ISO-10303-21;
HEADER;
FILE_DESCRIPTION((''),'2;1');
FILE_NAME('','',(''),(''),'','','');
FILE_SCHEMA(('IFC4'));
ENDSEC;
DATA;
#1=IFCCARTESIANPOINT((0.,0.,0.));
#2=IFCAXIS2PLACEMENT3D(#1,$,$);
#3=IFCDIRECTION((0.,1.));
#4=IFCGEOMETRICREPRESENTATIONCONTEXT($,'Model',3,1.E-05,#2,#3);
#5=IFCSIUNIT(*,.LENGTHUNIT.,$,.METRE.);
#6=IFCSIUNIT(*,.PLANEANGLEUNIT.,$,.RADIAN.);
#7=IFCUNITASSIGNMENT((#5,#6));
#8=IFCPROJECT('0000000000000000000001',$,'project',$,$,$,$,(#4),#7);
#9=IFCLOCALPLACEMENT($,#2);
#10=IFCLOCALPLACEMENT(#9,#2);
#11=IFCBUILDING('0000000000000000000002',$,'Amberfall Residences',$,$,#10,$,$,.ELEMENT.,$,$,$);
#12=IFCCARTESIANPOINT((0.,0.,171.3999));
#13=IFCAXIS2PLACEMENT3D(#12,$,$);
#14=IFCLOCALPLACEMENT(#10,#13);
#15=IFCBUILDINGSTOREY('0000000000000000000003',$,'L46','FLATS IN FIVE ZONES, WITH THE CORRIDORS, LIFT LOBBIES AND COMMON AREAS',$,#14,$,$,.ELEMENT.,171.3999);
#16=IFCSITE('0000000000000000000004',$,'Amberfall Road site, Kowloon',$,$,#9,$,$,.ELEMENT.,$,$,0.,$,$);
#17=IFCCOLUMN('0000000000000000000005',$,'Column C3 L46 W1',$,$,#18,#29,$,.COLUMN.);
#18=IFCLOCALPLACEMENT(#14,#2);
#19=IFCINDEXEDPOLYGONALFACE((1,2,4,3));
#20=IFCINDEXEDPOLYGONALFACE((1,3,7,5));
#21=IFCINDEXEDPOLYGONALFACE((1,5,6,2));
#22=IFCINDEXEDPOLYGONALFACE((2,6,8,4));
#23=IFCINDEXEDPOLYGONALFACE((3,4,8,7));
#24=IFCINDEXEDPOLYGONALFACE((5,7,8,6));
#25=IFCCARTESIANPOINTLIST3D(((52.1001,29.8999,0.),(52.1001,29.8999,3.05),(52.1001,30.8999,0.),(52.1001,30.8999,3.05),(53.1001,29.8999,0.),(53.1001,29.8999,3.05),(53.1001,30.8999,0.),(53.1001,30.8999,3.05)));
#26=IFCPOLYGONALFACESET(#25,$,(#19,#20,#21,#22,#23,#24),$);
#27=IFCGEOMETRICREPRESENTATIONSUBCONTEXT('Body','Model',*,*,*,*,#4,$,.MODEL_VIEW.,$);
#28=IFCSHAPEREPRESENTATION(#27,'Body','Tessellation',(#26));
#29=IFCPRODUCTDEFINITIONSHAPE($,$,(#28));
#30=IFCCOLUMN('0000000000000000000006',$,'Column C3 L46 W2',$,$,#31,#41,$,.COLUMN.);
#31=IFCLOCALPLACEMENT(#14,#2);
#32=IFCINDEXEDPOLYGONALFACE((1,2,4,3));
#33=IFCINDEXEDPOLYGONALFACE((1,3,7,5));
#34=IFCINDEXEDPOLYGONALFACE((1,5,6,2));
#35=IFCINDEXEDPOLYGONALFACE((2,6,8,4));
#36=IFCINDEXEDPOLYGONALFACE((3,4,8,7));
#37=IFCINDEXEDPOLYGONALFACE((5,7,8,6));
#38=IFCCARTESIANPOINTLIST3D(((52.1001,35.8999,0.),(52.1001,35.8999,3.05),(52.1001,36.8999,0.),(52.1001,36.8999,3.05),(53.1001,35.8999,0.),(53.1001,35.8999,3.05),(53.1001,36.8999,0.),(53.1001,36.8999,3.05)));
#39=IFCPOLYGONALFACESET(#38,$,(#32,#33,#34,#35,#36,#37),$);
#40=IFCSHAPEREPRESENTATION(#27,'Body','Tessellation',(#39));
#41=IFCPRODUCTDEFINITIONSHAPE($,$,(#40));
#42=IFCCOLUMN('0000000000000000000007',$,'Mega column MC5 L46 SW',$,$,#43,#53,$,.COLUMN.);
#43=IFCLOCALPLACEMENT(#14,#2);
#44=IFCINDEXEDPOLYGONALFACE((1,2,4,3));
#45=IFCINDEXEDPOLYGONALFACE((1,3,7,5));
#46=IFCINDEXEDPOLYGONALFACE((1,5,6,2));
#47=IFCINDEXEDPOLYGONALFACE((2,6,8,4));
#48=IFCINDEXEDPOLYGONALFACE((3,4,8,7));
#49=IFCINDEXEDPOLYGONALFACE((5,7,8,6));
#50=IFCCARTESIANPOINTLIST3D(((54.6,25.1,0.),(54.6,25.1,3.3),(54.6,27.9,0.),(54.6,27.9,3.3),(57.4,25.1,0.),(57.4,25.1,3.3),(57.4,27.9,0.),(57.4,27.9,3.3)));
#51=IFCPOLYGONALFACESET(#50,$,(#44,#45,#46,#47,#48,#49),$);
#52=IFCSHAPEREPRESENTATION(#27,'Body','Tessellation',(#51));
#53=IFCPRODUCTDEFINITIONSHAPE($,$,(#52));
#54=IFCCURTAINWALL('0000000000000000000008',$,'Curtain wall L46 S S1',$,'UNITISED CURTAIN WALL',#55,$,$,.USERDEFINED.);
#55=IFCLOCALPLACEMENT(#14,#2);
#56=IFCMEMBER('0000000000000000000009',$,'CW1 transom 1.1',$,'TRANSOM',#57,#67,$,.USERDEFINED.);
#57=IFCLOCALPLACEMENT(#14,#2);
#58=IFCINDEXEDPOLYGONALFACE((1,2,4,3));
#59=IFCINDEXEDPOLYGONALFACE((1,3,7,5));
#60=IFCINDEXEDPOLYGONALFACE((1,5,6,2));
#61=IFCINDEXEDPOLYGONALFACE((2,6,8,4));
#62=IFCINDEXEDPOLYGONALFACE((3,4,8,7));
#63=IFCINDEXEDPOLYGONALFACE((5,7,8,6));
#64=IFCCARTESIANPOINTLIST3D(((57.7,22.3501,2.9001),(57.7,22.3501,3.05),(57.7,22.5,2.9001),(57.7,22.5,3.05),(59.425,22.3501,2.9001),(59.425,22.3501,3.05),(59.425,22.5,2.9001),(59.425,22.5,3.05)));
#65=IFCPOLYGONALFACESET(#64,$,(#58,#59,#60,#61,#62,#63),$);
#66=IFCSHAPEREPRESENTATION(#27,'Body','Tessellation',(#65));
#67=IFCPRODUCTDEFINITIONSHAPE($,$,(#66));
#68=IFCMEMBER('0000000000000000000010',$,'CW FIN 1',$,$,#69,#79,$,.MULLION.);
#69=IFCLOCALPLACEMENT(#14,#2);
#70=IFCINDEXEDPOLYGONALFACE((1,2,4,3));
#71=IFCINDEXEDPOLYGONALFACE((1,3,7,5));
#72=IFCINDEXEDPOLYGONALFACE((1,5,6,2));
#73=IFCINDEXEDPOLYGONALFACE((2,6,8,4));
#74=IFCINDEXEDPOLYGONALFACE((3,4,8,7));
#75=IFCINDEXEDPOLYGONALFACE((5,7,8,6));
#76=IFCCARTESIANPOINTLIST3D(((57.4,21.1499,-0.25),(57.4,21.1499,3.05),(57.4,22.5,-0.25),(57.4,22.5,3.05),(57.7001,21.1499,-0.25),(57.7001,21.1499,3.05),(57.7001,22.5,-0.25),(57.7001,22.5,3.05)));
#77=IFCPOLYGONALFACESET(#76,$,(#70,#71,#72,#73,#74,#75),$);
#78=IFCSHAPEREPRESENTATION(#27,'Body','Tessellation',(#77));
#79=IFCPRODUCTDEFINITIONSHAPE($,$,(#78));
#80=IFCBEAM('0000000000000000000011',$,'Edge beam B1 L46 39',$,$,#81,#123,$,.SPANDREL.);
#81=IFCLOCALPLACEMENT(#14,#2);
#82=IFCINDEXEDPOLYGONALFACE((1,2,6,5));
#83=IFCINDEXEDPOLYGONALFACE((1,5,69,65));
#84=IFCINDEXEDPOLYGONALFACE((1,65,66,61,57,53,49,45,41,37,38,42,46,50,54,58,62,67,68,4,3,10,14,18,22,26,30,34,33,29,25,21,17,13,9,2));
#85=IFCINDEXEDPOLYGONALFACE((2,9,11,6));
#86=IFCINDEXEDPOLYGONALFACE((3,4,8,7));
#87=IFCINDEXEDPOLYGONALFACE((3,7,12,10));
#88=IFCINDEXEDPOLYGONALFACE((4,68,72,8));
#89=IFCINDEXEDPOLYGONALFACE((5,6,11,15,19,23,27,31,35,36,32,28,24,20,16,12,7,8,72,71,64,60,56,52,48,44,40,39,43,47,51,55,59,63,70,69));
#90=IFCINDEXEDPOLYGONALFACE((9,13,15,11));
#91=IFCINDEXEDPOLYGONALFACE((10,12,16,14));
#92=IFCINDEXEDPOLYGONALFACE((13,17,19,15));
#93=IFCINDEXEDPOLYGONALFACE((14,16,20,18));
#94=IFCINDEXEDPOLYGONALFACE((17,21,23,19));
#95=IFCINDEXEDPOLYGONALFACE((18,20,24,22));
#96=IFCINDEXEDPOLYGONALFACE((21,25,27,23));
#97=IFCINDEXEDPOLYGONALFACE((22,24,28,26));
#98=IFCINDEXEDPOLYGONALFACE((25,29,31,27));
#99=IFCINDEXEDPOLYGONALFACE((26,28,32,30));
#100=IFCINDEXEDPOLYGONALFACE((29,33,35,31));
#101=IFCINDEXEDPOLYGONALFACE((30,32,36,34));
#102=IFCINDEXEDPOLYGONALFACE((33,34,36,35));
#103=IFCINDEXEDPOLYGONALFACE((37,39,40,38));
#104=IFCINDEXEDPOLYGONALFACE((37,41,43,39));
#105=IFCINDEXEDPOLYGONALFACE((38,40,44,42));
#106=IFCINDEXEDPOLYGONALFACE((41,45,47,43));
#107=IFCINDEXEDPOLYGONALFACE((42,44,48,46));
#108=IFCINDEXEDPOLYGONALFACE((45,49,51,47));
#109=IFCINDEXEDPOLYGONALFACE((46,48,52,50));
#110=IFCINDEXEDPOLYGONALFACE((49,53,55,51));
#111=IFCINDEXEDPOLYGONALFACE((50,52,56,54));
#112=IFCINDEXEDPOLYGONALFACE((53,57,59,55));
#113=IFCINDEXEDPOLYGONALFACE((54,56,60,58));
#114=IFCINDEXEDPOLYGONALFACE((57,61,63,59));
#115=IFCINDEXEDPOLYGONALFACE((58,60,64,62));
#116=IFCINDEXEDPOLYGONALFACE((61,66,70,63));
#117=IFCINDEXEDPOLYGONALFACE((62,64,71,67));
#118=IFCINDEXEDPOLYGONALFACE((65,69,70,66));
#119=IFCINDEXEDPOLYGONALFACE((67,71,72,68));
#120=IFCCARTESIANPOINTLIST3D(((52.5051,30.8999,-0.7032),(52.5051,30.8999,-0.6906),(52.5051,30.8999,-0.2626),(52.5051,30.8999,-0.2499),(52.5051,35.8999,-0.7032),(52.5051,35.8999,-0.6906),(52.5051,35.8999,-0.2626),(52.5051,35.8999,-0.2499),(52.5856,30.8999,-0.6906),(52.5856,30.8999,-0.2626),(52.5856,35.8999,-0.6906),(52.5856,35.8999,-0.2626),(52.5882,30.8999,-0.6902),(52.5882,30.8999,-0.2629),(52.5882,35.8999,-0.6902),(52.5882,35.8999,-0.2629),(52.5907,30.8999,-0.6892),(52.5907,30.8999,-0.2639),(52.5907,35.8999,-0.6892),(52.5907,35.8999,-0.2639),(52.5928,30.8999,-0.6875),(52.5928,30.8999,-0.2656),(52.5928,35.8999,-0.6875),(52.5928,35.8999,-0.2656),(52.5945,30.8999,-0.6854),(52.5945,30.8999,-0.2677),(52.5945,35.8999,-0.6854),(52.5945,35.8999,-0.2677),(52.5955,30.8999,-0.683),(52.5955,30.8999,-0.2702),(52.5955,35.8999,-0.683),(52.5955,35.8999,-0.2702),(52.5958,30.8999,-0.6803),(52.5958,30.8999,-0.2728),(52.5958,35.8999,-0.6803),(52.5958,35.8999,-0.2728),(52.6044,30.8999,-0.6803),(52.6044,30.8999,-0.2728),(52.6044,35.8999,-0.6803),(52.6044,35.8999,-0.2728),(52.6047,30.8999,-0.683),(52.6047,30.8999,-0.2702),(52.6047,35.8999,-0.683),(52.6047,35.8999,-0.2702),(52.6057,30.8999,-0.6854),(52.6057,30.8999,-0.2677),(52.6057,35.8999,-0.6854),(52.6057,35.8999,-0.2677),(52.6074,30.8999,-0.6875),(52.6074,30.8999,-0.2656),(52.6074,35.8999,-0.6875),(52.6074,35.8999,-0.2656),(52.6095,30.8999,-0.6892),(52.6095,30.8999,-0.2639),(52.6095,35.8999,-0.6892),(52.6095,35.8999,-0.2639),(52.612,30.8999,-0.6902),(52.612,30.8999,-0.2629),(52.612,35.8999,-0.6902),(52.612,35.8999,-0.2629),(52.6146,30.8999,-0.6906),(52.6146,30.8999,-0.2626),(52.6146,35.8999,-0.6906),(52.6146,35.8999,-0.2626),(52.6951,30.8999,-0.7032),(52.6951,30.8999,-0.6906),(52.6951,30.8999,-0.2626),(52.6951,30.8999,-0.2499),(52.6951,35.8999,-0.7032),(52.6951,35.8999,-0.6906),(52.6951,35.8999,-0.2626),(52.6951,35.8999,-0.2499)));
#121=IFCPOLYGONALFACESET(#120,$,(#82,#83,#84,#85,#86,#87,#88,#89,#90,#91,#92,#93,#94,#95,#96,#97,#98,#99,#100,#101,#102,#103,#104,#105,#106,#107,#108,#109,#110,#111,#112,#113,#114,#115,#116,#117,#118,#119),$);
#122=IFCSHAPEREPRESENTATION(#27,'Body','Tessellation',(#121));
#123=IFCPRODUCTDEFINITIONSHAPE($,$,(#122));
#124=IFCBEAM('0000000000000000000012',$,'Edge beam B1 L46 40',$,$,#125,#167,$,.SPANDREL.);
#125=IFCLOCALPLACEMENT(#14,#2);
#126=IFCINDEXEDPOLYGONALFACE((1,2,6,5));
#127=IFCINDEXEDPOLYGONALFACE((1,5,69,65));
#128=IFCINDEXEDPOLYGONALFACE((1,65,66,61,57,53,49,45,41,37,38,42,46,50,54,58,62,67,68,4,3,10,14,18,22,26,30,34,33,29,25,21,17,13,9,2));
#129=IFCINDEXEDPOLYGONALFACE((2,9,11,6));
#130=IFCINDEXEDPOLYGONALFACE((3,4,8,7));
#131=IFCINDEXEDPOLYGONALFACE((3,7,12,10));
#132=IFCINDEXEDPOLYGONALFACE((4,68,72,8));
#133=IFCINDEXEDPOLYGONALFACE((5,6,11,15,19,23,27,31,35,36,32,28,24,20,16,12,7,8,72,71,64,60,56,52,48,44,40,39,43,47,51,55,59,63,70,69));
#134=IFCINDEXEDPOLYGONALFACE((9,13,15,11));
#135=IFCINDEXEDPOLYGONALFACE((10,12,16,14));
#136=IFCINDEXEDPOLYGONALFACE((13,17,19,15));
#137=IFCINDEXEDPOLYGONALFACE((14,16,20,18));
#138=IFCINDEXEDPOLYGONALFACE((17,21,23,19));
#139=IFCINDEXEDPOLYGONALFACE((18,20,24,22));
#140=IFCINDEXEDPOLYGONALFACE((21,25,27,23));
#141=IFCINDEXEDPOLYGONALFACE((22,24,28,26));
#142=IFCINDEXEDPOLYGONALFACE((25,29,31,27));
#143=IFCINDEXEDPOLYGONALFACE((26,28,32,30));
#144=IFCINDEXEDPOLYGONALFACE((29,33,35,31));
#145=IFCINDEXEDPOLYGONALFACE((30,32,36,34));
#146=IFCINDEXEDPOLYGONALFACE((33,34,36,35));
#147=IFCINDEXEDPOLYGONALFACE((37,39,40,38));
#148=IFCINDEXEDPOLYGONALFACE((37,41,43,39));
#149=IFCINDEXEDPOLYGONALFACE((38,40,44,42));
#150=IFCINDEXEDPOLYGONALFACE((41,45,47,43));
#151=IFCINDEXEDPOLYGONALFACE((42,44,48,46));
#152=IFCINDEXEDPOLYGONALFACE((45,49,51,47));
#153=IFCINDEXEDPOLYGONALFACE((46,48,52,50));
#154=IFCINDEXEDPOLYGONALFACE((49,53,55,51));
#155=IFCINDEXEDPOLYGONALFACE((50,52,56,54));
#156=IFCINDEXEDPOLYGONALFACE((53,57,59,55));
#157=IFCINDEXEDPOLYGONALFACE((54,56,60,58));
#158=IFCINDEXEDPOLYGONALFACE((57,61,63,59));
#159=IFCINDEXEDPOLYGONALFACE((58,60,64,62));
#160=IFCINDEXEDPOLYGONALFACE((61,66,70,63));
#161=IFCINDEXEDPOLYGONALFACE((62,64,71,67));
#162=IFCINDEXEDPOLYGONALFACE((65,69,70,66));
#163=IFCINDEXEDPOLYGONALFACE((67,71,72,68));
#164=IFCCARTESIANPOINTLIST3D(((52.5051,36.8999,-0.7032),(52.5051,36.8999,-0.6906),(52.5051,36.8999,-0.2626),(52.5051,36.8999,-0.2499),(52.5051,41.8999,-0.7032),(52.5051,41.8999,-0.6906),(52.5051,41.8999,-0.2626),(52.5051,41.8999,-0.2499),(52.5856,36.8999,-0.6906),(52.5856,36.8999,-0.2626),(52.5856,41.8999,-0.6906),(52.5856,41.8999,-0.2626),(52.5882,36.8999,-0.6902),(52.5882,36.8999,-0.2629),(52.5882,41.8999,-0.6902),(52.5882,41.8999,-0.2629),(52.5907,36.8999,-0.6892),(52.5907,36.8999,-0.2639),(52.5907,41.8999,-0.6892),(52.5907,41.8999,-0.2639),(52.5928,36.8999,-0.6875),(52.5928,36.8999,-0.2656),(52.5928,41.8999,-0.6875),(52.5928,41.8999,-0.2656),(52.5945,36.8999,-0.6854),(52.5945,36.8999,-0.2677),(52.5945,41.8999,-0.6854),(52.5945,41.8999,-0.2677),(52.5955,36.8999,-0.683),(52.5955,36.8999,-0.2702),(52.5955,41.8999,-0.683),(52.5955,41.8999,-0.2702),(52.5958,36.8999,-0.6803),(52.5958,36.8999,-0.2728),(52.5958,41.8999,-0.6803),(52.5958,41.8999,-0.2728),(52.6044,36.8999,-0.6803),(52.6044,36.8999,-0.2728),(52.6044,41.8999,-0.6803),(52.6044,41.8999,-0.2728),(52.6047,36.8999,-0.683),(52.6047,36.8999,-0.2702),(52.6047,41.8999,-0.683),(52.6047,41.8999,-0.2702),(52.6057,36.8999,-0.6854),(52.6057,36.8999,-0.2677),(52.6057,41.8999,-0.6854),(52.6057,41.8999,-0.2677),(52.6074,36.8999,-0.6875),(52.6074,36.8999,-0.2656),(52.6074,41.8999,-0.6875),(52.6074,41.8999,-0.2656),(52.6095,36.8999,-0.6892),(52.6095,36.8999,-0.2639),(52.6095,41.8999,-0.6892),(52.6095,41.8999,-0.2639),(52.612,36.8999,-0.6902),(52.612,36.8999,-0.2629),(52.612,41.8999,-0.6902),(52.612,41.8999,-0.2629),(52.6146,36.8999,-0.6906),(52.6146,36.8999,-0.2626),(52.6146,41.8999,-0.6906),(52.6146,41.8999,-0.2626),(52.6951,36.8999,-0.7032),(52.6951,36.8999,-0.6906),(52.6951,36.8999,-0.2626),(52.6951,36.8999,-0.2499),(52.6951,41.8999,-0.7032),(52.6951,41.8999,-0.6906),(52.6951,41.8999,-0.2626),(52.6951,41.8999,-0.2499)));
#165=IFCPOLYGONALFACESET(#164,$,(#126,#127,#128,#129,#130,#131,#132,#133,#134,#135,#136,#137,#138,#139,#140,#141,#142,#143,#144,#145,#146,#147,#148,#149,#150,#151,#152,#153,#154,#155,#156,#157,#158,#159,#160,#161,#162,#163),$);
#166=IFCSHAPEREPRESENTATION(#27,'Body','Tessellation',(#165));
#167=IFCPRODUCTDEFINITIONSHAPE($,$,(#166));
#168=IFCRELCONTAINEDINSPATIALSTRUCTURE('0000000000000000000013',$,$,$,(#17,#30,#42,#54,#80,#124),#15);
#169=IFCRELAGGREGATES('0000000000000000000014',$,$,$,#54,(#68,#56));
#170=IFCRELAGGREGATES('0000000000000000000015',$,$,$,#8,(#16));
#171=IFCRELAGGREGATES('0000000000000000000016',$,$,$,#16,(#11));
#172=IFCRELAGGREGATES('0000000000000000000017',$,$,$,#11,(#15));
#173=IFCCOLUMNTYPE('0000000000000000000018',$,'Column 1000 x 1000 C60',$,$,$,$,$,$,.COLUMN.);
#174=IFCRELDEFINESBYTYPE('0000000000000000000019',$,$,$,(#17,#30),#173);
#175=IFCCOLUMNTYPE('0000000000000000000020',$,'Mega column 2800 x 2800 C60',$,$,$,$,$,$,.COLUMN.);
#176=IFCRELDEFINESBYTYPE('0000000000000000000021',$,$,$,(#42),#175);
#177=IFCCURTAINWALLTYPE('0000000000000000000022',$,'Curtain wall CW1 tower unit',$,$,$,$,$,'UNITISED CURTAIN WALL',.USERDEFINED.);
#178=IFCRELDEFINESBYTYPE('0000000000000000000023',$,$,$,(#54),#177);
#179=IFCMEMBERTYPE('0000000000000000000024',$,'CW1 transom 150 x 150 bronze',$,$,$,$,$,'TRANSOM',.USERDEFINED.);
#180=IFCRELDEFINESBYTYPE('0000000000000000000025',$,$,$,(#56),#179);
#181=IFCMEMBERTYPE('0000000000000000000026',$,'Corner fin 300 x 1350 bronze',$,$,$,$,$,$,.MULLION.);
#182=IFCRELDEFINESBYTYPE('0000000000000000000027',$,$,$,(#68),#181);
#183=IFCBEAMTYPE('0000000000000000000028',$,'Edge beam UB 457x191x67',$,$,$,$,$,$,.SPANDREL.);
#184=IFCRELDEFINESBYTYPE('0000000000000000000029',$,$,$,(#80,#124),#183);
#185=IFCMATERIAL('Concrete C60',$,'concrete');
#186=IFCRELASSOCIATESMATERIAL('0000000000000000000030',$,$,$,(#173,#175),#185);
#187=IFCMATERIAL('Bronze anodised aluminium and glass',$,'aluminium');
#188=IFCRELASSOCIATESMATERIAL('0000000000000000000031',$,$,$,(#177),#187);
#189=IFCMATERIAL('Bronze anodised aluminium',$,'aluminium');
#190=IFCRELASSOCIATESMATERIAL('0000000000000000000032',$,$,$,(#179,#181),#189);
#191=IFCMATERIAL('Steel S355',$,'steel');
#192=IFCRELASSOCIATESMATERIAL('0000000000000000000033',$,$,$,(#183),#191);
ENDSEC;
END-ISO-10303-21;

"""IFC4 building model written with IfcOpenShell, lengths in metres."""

from ifc_helpers import new_model, si_unit, direction, frame, origin, origin_2d, place, context, subcontext, project, spatial, rectangle, i_section, extrude, material, material_profile, profile_set, type_object, element, aggregate, save


model = new_model("IFC4")

# Units and contexts
model_context = context("Model", 3, precision=1e-05, world=origin(), true_north=direction((0.0, 1.0)))
body_context = subcontext(model_context, "Body", "Model", "MODEL_VIEW")
ifc_project = project(units=[si_unit("LENGTHUNIT", "METRE"), si_unit("PLANEANGLEUNIT", "RADIAN")], contexts=[model_context])

# Site, building, storey
site_placement = place(None, origin())
site = spatial("IfcSite", under=ifc_project, at=site_placement, Name="Amberfall Road site, Kowloon", CompositionType="ELEMENT", RefElevation=0.0)
building_placement = place(site_placement, origin())
building = spatial("IfcBuilding", under=site, at=building_placement, Name="Amberfall Residences", CompositionType="ELEMENT")
storey_placement = place(building_placement, frame((0.0, 0.0, 171.3999)))
storey = spatial("IfcBuildingStorey", under=building, at=storey_placement, Name="L46", Description="FLATS IN FIVE ZONES, WITH THE CORRIDORS, LIFT LOBBIES AND COMMON AREAS", CompositionType="ELEMENT", Elevation=171.3999)

# Columns
ifc_material_1 = material(Name="Concrete C60", Category="concrete")
ifc_material_profile_1 = material_profile(ifc_material_1, rectangle(XDim=1.0, YDim=1.0, at=origin_2d()), Name="Column 1000 x 1000 C60")
ifc_profile_set_1 = profile_set([ifc_material_profile_1], Name="Concrete C60")
column_type_1 = type_object("IfcColumnType", Name="Column 1000 x 1000 C60", PredefinedType="COLUMN", material=ifc_profile_set_1)
for number, where, z_axis, x_axis, name in (
    (1, (52.6001, 30.3999, 0.0), (0.0, 0.0, 1.0), (1.0, 0.0, 0.0), "Column C3 L46 W1"),
    (2, (52.6001, 36.3999, 0.0), (0.0, 0.0, 1.0), (1.0, 0.0, 0.0), "Column C3 L46 W2"),
):
    element("IfcColumn", number, at=place(storey_placement, frame(where, z_axis=z_axis, x_axis=x_axis)), inside=storey, type_object=column_type_1, Name=name, PredefinedType="COLUMN", context=body_context, shape_type="SweptSolid", body=[
        extrude(rectangle(XDim=1.0, YDim=1.0, at=origin_2d()), origin(), (0.0, 0.0, 1.0), 3.05),
    ])
ifc_material_profile_2 = material_profile(ifc_material_1, rectangle(XDim=2.8, YDim=2.8, at=origin_2d()), Name="Mega column 2800 x 2800 C60")
ifc_profile_set_2 = profile_set([ifc_material_profile_2], Name="Concrete C60")
column_type_2 = type_object("IfcColumnType", Name="Mega column 2800 x 2800 C60", PredefinedType="COLUMN", material=ifc_profile_set_2)
column_placement = place(storey_placement, frame((56.0, 26.5, 0.0), z_axis=(0.0, 0.0, 1.0), x_axis=(1.0, 0.0, 0.0)))
element("IfcColumn", 3, at=column_placement, inside=storey, type_object=column_type_2, Name="Mega column MC5 L46 SW", PredefinedType="COLUMN", context=body_context, shape_type="SweptSolid", body=[
    extrude(rectangle(XDim=2.8, YDim=2.8, at=origin_2d()), origin(), (0.0, 0.0, 1.0), 3.3),
])

# Curtain wall, members
ifc_material_2 = material(Name="Bronze anodised aluminium and glass", Category="aluminium")
curtain_wall_type = type_object("IfcCurtainWallType", Name="Curtain wall CW1 tower unit", ElementType="UNITISED CURTAIN WALL", PredefinedType="USERDEFINED", material=ifc_material_2)
curtain_wall_placement = place(storey_placement, origin())
curtain_wall = element("IfcCurtainWall", 4, at=curtain_wall_placement, inside=storey, type_object=curtain_wall_type, Name="Curtain wall L46 S S1", ObjectType="UNITISED CURTAIN WALL", PredefinedType="USERDEFINED")
ifc_material_3 = material(Name="Bronze anodised aluminium", Category="aluminium")
ifc_material_profile_3 = material_profile(ifc_material_3, rectangle(XDim=0.1499, YDim=0.1499, at=origin_2d()), Name="CW1 transom 150 x 150 bronze")
ifc_profile_set_3 = profile_set([ifc_material_profile_3], Name="Bronze anodised aluminium")
member_type_1 = type_object("IfcMemberType", Name="CW1 transom 150 x 150 bronze", ElementType="TRANSOM", PredefinedType="USERDEFINED", material=ifc_profile_set_3)
member_1_placement = place(storey_placement, frame((57.7, 22.425, 2.9751), z_axis=(1.0, 0.0, 0.0), x_axis=(0.0, 1.0, 0.0)))
member_1 = element("IfcMember", 5, at=member_1_placement, type_object=member_type_1, Name="CW1 transom 1.1", ObjectType="TRANSOM", PredefinedType="USERDEFINED", context=body_context, shape_type="SweptSolid", body=[
    extrude(rectangle(XDim=0.1499, YDim=0.1499, at=origin_2d()), origin(), (0.0, 0.0, 1.0), 1.7251),
])
ifc_material_profile_4 = material_profile(ifc_material_3, rectangle(XDim=1.3501, YDim=0.3, at=origin_2d()), Name="Corner fin 300 x 1350 bronze")
ifc_profile_set_4 = profile_set([ifc_material_profile_4], Name="Bronze anodised aluminium")
member_type_2 = type_object("IfcMemberType", Name="Corner fin 300 x 1350 bronze", PredefinedType="MULLION", material=ifc_profile_set_4)
member_2_placement = place(storey_placement, frame((57.55, 21.825, -0.25), z_axis=(0.0, 0.0, 1.0), x_axis=(0.0, 1.0, 0.0)))
member_2 = element("IfcMember", 6, at=member_2_placement, type_object=member_type_2, Name="CW FIN 1", PredefinedType="MULLION", context=body_context, shape_type="SweptSolid", body=[
    extrude(rectangle(XDim=1.3501, YDim=0.3, at=origin_2d()), origin(), (0.0, 0.0, 1.0), 3.3),
])
aggregate(curtain_wall, [member_2, member_1])

# Beams
ifc_material_4 = material(Name="Steel S355", Category="steel")
ifc_material_profile_5 = material_profile(ifc_material_4, i_section(OverallWidth=0.1899, OverallDepth=0.4534, WebThickness=0.0085, FlangeThickness=0.0127, FilletRadius=0.0103, at=origin_2d()), Name="UB 457x191x67")
ifc_profile_set_5 = profile_set([ifc_material_profile_5], Name="Steel S355")
beam_type_1 = type_object("IfcBeamType", Name="Edge beam UB 457x191x67", PredefinedType="SPANDREL", material=ifc_profile_set_5)
for number, where, z_axis, x_axis, name in (
    (7, (52.6001, 30.8999, -0.4766), (0.0, 1.0, 0.0), (-1.0, 0.0, 0.0), "Edge beam B1 L46 39"),
    (8, (52.6001, 36.8999, -0.4766), (0.0, 1.0, 0.0), (-1.0, 0.0, 0.0), "Edge beam B1 L46 40"),
):
    element("IfcBeam", number, at=place(storey_placement, frame(where, z_axis=z_axis, x_axis=x_axis)), inside=storey, type_object=beam_type_1, Name=name, PredefinedType="SPANDREL", context=body_context, shape_type="SweptSolid", body=[
        extrude(i_section(OverallWidth=0.1899, OverallDepth=0.4534, WebThickness=0.0085, FlangeThickness=0.0127, FilletRadius=0.0103, at=origin_2d()), origin(), (0.0, 0.0, 1.0), 5.0),
    ])

save(model, "model.ifc")
